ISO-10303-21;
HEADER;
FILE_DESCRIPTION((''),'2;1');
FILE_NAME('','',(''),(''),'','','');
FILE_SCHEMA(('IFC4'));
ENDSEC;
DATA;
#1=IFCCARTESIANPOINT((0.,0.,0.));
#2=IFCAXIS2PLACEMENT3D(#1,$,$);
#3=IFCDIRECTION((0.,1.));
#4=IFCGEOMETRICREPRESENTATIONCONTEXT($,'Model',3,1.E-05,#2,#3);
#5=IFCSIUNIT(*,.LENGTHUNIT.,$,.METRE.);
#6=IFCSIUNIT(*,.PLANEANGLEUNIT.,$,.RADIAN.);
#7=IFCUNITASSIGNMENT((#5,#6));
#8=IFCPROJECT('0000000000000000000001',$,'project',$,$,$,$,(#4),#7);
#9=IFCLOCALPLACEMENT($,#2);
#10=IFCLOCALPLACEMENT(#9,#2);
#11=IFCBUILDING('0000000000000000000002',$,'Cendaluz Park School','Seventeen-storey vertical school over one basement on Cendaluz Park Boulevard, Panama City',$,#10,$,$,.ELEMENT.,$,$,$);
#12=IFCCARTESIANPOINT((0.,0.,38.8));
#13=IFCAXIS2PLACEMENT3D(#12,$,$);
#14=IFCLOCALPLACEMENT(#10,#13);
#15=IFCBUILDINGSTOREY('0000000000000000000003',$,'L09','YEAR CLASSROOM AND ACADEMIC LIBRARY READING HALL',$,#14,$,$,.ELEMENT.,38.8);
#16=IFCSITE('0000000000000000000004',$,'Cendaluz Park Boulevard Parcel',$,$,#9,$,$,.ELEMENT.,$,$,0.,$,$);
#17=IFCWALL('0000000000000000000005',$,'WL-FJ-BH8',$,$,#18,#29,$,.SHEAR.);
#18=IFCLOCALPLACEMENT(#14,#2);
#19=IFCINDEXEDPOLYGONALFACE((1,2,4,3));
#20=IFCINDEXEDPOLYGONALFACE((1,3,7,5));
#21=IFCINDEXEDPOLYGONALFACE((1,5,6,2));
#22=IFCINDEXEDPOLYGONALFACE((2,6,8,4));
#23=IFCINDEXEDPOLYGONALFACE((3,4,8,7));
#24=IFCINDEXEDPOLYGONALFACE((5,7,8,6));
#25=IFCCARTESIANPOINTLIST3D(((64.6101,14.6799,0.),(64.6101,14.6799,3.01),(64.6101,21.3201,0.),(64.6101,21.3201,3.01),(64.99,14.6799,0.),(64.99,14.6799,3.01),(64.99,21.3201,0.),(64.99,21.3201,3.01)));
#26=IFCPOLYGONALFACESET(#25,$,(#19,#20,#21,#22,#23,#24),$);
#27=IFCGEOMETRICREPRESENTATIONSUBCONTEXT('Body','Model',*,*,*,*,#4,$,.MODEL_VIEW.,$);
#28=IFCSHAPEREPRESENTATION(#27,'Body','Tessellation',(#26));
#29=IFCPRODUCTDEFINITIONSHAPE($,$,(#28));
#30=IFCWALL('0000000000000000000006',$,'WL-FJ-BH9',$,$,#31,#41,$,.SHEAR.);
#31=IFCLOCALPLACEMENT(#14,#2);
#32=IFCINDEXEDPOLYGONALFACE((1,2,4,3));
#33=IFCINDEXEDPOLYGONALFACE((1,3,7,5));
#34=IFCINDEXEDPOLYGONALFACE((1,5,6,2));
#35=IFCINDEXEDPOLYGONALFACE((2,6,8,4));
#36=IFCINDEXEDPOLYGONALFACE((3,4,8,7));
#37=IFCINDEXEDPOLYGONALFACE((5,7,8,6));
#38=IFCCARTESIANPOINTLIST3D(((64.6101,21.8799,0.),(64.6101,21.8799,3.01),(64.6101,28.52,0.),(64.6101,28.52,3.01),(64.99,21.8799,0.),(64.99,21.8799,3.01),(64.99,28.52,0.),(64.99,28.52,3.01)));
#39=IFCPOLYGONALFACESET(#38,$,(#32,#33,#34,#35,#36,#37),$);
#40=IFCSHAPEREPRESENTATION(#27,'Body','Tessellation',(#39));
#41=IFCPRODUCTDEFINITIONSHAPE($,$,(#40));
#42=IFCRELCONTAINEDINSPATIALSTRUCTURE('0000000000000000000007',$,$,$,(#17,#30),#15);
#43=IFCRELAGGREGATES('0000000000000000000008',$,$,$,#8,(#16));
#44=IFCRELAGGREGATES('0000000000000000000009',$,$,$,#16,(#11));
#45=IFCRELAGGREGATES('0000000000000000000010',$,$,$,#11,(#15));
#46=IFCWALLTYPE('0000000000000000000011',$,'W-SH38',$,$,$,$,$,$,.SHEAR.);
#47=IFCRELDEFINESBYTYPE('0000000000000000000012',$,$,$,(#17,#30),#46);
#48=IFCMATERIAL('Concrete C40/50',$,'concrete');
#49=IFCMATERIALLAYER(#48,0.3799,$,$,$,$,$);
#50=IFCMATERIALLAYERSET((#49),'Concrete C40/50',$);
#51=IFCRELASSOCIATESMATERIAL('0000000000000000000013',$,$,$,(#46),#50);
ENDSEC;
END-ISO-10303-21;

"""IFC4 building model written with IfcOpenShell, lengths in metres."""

from ifc_helpers import new_model, si_unit, direction, frame, frame_2d, origin, place, context, subcontext, project, spatial, rectangle, extrude, material, layer, layer_set, type_object, element, save


model = new_model("IFC4")

# Units and contexts
model_context = context("Model", 3, precision=1e-05, world=origin(), true_north=direction((0.0, 1.0)))
body_context = subcontext(model_context, "Body", "Model", "MODEL_VIEW")
ifc_project = project(units=[si_unit("LENGTHUNIT", "METRE"), si_unit("PLANEANGLEUNIT", "RADIAN")], contexts=[model_context])

# Site, building, storey
site_placement = place(None, origin())
site = spatial("IfcSite", under=ifc_project, at=site_placement, Name="Cendaluz Park Boulevard Parcel", CompositionType="ELEMENT", RefElevation=0.0)
building_placement = place(site_placement, origin())
building = spatial("IfcBuilding", under=site, at=building_placement, Name="Cendaluz Park School", Description="Seventeen-storey vertical school over one basement on Cendaluz Park Boulevard, Panama City", CompositionType="ELEMENT")
storey_placement = place(building_placement, frame((0.0, 0.0, 38.8)))
storey = spatial("IfcBuildingStorey", under=building, at=storey_placement, Name="L09", Description="YEAR CLASSROOM AND ACADEMIC LIBRARY READING HALL", CompositionType="ELEMENT", Elevation=38.8)

# Walls
ifc_material_1 = material(Name="Concrete C40/50", Category="concrete")
ifc_layer_1 = layer(ifc_material_1, 0.3799)
ifc_layer_set_1 = layer_set([ifc_layer_1], Name="Concrete C40/50")
wall_type_1 = type_object("IfcWallType", Name="W-SH38", PredefinedType="SHEAR", material=ifc_layer_set_1)
for number, where, z_axis, x_axis, name in (
    (1, (64.8, 14.6799, 0.0), (0.0, 0.0, 1.0), (0.0, 1.0, 0.0), "WL-FJ-BH8"),
    (2, (64.8, 21.8799, 0.0), (0.0, 0.0, 1.0), (0.0, 1.0, 0.0), "WL-FJ-BH9"),
):
    element("IfcWall", number, at=place(storey_placement, frame(where, z_axis=z_axis, x_axis=x_axis)), inside=storey, type_object=wall_type_1, Name=name, PredefinedType="SHEAR", context=body_context, shape_type="SweptSolid", body=[
        extrude(rectangle(XDim=6.6401, YDim=0.3799, at=frame_2d((3.3201, 0.0))), origin(), (0.0, 0.0, 1.0), 3.01),
    ])

save(model, "model.ifc")
